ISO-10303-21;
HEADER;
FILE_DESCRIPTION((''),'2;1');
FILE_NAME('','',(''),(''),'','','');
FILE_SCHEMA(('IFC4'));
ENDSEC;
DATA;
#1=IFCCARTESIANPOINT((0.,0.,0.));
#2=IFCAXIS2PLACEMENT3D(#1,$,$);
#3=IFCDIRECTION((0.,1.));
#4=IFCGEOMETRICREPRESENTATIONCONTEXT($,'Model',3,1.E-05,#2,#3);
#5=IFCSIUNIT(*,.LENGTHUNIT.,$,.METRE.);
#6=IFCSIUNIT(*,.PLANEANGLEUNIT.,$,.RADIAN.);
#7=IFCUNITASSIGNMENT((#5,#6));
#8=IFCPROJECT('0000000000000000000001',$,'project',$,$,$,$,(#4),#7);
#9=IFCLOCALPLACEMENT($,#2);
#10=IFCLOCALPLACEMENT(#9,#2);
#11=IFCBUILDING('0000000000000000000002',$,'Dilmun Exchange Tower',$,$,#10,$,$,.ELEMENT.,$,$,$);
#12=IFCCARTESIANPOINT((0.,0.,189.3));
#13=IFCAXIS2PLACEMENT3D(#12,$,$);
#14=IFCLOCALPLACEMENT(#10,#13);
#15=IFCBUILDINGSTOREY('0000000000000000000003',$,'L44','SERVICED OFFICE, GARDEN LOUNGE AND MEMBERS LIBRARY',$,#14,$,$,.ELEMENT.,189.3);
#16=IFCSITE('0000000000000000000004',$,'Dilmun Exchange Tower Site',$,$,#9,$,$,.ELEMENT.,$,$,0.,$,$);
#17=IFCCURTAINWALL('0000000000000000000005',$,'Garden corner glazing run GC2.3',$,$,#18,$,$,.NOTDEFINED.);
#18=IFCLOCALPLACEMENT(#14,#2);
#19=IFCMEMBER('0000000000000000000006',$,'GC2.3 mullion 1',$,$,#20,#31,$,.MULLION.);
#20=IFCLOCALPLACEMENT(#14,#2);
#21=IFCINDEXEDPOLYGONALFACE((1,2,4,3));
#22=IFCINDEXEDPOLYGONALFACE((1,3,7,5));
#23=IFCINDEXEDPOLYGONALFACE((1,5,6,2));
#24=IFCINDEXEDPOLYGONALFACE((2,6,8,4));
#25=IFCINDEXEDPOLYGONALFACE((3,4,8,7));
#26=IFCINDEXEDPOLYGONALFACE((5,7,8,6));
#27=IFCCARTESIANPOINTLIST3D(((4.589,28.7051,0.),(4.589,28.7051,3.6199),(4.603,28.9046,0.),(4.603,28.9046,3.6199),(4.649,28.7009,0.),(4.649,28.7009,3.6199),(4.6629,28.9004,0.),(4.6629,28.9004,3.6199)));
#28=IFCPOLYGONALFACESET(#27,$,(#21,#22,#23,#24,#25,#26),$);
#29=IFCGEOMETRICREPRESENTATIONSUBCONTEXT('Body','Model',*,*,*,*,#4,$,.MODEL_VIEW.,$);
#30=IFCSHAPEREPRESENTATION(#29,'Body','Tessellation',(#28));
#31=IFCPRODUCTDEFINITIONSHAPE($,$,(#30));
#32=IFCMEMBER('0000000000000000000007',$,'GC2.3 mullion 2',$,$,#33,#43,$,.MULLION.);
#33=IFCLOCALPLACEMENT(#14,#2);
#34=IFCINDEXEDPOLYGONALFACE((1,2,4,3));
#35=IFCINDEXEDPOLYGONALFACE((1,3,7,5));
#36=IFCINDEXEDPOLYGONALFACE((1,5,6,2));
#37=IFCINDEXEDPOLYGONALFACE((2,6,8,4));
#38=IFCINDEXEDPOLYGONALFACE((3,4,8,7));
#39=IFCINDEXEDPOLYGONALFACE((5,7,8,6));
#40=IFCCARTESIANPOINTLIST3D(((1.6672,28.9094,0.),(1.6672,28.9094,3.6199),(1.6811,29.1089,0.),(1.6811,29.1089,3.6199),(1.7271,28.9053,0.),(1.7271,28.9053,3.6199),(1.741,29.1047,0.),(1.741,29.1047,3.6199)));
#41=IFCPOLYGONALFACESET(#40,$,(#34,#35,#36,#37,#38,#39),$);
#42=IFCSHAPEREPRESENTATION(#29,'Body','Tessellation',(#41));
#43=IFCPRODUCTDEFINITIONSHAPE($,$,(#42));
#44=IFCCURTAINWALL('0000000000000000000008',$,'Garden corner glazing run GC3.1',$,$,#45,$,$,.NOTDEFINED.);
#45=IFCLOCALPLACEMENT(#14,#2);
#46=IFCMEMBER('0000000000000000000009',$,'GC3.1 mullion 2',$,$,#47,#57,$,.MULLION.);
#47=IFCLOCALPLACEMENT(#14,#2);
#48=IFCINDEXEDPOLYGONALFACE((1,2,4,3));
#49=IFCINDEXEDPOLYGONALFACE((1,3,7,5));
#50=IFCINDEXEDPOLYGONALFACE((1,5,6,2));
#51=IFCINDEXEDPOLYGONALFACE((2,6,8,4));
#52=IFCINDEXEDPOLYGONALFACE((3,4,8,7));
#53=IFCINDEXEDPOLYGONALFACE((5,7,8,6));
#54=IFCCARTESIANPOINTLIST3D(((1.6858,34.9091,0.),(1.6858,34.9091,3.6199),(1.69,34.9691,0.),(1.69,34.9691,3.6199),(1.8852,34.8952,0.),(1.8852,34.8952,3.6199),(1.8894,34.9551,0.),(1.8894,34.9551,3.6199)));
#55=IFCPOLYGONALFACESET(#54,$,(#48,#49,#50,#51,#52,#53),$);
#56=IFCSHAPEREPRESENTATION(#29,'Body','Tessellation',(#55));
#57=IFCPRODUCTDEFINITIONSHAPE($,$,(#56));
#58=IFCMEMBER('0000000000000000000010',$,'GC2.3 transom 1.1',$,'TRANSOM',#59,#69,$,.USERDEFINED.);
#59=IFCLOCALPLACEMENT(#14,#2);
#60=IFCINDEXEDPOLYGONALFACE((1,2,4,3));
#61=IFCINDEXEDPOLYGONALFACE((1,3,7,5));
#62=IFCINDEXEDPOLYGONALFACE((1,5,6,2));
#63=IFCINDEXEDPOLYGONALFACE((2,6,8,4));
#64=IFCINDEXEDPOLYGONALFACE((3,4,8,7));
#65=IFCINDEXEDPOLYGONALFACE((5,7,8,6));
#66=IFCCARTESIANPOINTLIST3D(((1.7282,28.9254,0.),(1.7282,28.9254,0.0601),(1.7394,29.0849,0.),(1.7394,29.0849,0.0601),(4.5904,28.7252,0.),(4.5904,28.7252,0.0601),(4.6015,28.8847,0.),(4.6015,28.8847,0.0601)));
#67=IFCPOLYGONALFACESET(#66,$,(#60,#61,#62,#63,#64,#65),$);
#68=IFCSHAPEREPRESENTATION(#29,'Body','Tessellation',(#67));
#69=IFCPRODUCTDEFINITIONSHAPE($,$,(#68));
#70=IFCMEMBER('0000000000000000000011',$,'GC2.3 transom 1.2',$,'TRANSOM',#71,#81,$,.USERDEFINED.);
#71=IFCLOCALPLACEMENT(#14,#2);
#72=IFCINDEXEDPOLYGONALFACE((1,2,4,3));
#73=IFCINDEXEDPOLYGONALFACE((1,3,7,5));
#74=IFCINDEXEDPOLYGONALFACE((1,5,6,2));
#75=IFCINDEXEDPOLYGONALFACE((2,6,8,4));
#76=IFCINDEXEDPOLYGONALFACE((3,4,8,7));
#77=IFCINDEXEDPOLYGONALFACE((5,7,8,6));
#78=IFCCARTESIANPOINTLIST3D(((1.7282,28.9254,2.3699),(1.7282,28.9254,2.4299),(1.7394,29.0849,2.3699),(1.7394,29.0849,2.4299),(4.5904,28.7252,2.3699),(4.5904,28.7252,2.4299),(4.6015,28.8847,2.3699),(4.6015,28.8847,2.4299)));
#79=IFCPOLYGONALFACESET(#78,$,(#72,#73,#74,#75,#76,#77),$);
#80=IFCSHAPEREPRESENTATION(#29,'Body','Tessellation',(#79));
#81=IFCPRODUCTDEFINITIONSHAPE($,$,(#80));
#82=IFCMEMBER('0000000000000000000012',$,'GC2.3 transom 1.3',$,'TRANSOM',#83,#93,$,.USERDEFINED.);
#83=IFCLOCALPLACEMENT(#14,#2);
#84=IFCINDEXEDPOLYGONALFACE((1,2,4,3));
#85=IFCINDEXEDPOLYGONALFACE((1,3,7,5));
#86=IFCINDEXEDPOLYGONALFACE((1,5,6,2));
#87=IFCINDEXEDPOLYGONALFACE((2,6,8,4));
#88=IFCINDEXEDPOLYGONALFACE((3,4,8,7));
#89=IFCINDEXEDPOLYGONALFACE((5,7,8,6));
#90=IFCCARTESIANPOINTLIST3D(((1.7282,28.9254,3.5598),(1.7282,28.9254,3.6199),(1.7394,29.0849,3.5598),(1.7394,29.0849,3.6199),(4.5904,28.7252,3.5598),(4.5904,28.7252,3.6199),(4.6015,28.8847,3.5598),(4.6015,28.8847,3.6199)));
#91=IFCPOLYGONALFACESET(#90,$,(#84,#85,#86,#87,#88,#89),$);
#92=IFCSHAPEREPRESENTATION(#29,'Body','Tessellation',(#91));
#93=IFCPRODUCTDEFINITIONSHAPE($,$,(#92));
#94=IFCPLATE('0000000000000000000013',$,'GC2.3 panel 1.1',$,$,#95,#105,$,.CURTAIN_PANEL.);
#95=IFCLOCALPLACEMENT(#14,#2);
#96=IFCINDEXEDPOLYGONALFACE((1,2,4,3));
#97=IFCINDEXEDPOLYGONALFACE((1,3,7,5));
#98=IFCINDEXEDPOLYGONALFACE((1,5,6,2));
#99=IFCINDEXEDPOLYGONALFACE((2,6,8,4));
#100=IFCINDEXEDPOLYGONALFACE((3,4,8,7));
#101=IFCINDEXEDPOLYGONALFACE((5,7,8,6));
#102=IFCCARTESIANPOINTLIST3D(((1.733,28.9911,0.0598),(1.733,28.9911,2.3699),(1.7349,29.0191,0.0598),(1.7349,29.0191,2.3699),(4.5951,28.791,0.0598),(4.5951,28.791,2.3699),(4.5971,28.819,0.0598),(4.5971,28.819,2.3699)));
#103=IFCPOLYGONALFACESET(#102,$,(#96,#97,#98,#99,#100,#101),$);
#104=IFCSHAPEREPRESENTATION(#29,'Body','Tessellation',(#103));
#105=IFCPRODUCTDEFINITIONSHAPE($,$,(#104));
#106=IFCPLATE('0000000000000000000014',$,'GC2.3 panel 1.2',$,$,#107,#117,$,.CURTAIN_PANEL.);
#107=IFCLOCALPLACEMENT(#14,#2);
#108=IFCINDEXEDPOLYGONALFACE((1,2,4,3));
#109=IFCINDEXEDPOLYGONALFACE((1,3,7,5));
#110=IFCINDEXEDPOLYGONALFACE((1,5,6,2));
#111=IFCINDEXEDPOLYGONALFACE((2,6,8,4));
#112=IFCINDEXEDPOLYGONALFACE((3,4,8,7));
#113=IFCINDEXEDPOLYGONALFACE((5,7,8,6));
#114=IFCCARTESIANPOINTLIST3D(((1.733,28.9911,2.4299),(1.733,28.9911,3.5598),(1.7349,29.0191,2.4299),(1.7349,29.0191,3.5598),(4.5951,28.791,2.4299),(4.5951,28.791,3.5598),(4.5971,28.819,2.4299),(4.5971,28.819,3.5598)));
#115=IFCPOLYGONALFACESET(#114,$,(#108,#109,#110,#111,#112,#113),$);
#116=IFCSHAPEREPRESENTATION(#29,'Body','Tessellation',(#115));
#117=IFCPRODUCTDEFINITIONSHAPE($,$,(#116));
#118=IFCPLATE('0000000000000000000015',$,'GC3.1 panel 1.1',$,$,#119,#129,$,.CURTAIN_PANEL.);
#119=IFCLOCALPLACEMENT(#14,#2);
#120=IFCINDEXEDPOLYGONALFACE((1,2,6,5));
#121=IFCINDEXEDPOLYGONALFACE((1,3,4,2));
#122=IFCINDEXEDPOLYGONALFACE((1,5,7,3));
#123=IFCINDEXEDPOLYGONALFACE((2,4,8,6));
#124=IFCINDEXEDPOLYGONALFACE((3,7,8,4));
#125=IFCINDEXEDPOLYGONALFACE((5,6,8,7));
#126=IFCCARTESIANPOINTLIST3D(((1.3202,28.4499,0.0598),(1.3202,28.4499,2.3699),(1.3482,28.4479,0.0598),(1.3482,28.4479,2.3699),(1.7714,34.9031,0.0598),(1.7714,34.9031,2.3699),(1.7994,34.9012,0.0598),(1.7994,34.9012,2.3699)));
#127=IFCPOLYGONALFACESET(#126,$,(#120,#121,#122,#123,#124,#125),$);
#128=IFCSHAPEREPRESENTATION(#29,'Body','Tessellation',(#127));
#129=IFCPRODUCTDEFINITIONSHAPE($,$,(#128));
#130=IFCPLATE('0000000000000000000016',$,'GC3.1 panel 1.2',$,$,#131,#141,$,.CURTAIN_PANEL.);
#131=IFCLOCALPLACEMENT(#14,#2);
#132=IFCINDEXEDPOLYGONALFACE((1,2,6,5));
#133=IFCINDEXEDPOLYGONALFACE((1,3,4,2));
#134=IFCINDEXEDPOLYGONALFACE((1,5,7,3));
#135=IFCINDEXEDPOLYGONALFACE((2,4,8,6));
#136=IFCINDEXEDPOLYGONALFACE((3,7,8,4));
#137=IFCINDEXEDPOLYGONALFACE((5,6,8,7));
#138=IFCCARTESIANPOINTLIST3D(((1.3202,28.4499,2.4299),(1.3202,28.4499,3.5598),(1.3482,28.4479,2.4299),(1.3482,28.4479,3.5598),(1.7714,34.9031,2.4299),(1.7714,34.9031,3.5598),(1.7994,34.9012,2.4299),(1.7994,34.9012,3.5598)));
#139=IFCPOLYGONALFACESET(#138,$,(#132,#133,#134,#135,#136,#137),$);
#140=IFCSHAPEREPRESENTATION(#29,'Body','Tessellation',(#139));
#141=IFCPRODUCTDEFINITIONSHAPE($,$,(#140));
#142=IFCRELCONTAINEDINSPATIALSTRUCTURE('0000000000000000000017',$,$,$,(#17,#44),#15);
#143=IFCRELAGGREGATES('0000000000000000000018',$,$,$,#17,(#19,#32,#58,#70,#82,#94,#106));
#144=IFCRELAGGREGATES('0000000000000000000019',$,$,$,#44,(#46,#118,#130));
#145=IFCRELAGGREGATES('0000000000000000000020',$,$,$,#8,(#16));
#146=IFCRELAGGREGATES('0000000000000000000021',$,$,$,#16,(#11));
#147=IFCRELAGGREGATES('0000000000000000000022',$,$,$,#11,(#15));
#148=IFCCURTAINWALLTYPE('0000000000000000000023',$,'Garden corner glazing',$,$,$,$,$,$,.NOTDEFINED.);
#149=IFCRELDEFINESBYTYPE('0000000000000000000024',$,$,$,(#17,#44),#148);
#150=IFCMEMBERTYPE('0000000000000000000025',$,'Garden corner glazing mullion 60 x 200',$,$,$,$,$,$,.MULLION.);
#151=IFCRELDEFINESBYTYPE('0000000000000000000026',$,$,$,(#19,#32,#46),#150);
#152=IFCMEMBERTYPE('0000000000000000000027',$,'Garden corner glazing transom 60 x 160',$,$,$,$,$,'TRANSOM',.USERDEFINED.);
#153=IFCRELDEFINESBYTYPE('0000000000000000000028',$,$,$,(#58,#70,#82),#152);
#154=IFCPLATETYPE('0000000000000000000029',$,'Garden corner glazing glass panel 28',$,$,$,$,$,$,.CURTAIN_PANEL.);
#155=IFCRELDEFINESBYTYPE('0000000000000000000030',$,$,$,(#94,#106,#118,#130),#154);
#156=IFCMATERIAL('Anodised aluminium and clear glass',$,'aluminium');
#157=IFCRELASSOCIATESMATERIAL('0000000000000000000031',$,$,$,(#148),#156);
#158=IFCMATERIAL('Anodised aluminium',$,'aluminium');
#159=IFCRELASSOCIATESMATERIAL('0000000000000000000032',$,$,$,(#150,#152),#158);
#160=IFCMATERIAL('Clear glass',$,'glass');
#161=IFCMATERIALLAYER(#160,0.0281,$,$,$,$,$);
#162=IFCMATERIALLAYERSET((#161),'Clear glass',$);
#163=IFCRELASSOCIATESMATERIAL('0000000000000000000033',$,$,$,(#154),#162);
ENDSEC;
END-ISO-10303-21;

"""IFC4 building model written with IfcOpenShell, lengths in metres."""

from ifc_helpers import new_model, si_unit, direction, frame, origin, origin_2d, place, context, subcontext, project, spatial, rectangle, extrude, material, layer, layer_set, material_profile, profile_set, type_object, element, aggregate, save


model = new_model("IFC4")

# Units and contexts
model_context = context("Model", 3, precision=1e-05, world=origin(), true_north=direction((0.0, 1.0)))
body_context = subcontext(model_context, "Body", "Model", "MODEL_VIEW")
ifc_project = project(units=[si_unit("LENGTHUNIT", "METRE"), si_unit("PLANEANGLEUNIT", "RADIAN")], contexts=[model_context])

# Site, building, storey
site_placement = place(None, origin())
site = spatial("IfcSite", under=ifc_project, at=site_placement, Name="Dilmun Exchange Tower Site", CompositionType="ELEMENT", RefElevation=0.0)
building_placement = place(site_placement, origin())
building = spatial("IfcBuilding", under=site, at=building_placement, Name="Dilmun Exchange Tower", CompositionType="ELEMENT")
storey_placement = place(building_placement, frame((0.0, 0.0, 189.3)))
storey = spatial("IfcBuildingStorey", under=building, at=storey_placement, Name="L44", Description="SERVICED OFFICE, GARDEN LOUNGE AND MEMBERS LIBRARY", CompositionType="ELEMENT", Elevation=189.3)

# Curtain wall, members
ifc_material_1 = material(Name="Anodised aluminium and clear glass", Category="aluminium")
curtain_wall_type = type_object("IfcCurtainWallType", Name="Garden corner glazing", PredefinedType="NOTDEFINED", material=ifc_material_1)
curtain_wall_1_placement = place(storey_placement, origin())
curtain_wall_1 = element("IfcCurtainWall", 1, at=curtain_wall_1_placement, inside=storey, type_object=curtain_wall_type, Name="Garden corner glazing run GC2.3", PredefinedType="NOTDEFINED")
ifc_material_2 = material(Name="Anodised aluminium", Category="aluminium")
ifc_material_profile_1 = material_profile(ifc_material_2, rectangle(XDim=0.2, YDim=0.0601, at=origin_2d()), Name="AL 60x200")
ifc_profile_set_1 = profile_set([ifc_material_profile_1], Name="Anodised aluminium")
member_type_1 = type_object("IfcMemberType", Name="Garden corner glazing mullion 60 x 200", PredefinedType="MULLION", material=ifc_profile_set_1)
member_1_placement = place(storey_placement, frame((4.626, 28.8027, 0.0), z_axis=(0.0, 0.0, 1.0), x_axis=(-0.069754, -0.997564, 0.0)))
member_1 = element("IfcMember", 2, at=member_1_placement, type_object=member_type_1, Name="GC2.3 mullion 1", PredefinedType="MULLION", context=body_context, shape_type="SweptSolid", body=[
    extrude(rectangle(XDim=0.2, YDim=0.0601, at=origin_2d()), origin(), (0.0, 0.0, 1.0), 3.6199),
])
member_2_placement = place(storey_placement, frame((1.7041, 29.0071, 0.0), z_axis=(0.0, 0.0, 1.0), x_axis=(-0.069754, -0.997564, 0.0)))
member_2 = element("IfcMember", 3, at=member_2_placement, type_object=member_type_1, Name="GC2.3 mullion 2", PredefinedType="MULLION", context=body_context, shape_type="SweptSolid", body=[
    extrude(rectangle(XDim=0.2, YDim=0.0601, at=origin_2d()), origin(), (0.0, 0.0, 1.0), 3.6199),
])

# Curtain wall, member
curtain_wall_2_placement = place(storey_placement, origin())
curtain_wall_2 = element("IfcCurtainWall", 4, at=curtain_wall_2_placement, inside=storey, type_object=curtain_wall_type, Name="Garden corner glazing run GC3.1", PredefinedType="NOTDEFINED")
member_3_placement = place(storey_placement, frame((1.7876, 34.9321, 0.0), z_axis=(0.0, 0.0, 1.0), x_axis=(-0.997564, 0.069752, 0.0)))
member_3 = element("IfcMember", 5, at=member_3_placement, type_object=member_type_1, Name="GC3.1 mullion 2", PredefinedType="MULLION", context=body_context, shape_type="SweptSolid", body=[
    extrude(rectangle(XDim=0.2, YDim=0.0601, at=origin_2d()), origin(), (0.0, 0.0, 1.0), 3.6199),
])

# Members
ifc_material_profile_2 = material_profile(ifc_material_2, rectangle(XDim=0.1599, YDim=0.0601, at=origin_2d()), Name="AL 60x160")
ifc_profile_set_2 = profile_set([ifc_material_profile_2], Name="Anodised aluminium")
member_type_2 = type_object("IfcMemberType", Name="Garden corner glazing transom 60 x 160", ElementType="TRANSOM", PredefinedType="USERDEFINED", material=ifc_profile_set_2)
member_4_placement = place(storey_placement, frame((4.5959, 28.8049, 0.03), z_axis=(-0.997563, 0.069777, 0.0), x_axis=(-0.069777, -0.997563, 0.0)))
member_4 = element("IfcMember", 6, at=member_4_placement, type_object=member_type_2, Name="GC2.3 transom 1.1", ObjectType="TRANSOM", PredefinedType="USERDEFINED", context=body_context, shape_type="SweptSolid", body=[
    extrude(rectangle(XDim=0.1599, YDim=0.0601, at=origin_2d()), origin(), (0.0, 0.0, 1.0), 2.8691),
])
member_5_placement = place(storey_placement, frame((4.5959, 28.8049, 2.3999), z_axis=(-0.997563, 0.069777, 0.0), x_axis=(-0.069777, -0.997563, 0.0)))
member_5 = element("IfcMember", 7, at=member_5_placement, type_object=member_type_2, Name="GC2.3 transom 1.2", ObjectType="TRANSOM", PredefinedType="USERDEFINED", context=body_context, shape_type="SweptSolid", body=[
    extrude(rectangle(XDim=0.1599, YDim=0.0601, at=origin_2d()), origin(), (0.0, 0.0, 1.0), 2.8691),
])
member_6_placement = place(storey_placement, frame((4.5959, 28.8049, 3.5898), z_axis=(-0.997563, 0.069777, 0.0), x_axis=(-0.069777, -0.997563, 0.0)))
member_6 = element("IfcMember", 8, at=member_6_placement, type_object=member_type_2, Name="GC2.3 transom 1.3", ObjectType="TRANSOM", PredefinedType="USERDEFINED", context=body_context, shape_type="SweptSolid", body=[
    extrude(rectangle(XDim=0.1599, YDim=0.0601, at=origin_2d()), origin(), (0.0, 0.0, 1.0), 2.8691),
])

# Plates
ifc_material_3 = material(Name="Clear glass", Category="glass")
ifc_layer_1 = layer(ifc_material_3, 0.0281)
ifc_layer_set_1 = layer_set([ifc_layer_1], Name="Clear glass")
plate_type = type_object("IfcPlateType", Name="Garden corner glazing glass panel 28", PredefinedType="CURTAIN_PANEL", material=ifc_layer_set_1)
plate_1_placement = place(storey_placement, frame((3.165, 28.905, 0.0598), z_axis=(0.0, 0.0, 1.0), x_axis=(-0.997564, 0.069754, 0.0)))
plate_1 = element("IfcPlate", 9, at=plate_1_placement, type_object=plate_type, Name="GC2.3 panel 1.1", PredefinedType="CURTAIN_PANEL", context=body_context, shape_type="SweptSolid", body=[
    extrude(rectangle(XDim=2.8691, YDim=0.0281, at=origin_2d()), origin(), (0.0, 0.0, 1.0), 2.3101),
])
plate_2_placement = place(storey_placement, frame((3.165, 28.905, 2.4299), z_axis=(0.0, 0.0, 1.0), x_axis=(-0.997564, 0.069754, 0.0)))
plate_2 = element("IfcPlate", 10, at=plate_2_placement, type_object=plate_type, Name="GC2.3 panel 1.2", PredefinedType="CURTAIN_PANEL", context=body_context, shape_type="SweptSolid", body=[
    extrude(rectangle(XDim=2.8691, YDim=0.0281, at=origin_2d()), origin(), (0.0, 0.0, 1.0), 1.1299),
])
aggregate(curtain_wall_1, [member_1, member_2, member_4, member_5, member_6, plate_1, plate_2])
plate_3_placement = place(storey_placement, frame((1.5598, 31.6755, 0.0598), z_axis=(0.0, 0.0, 1.0), x_axis=(0.069752, 0.997564, 0.0)))
plate_3 = element("IfcPlate", 11, at=plate_3_placement, type_object=plate_type, Name="GC3.1 panel 1.1", PredefinedType="CURTAIN_PANEL", context=body_context, shape_type="SweptSolid", body=[
    extrude(rectangle(XDim=6.469, YDim=0.0281, at=origin_2d()), origin(), (0.0, 0.0, 1.0), 2.3101),
])
plate_4_placement = place(storey_placement, frame((1.5598, 31.6755, 2.4299), z_axis=(0.0, 0.0, 1.0), x_axis=(0.069752, 0.997564, 0.0)))
plate_4 = element("IfcPlate", 12, at=plate_4_placement, type_object=plate_type, Name="GC3.1 panel 1.2", PredefinedType="CURTAIN_PANEL", context=body_context, shape_type="SweptSolid", body=[
    extrude(rectangle(XDim=6.469, YDim=0.0281, at=origin_2d()), origin(), (0.0, 0.0, 1.0), 1.1299),
])
aggregate(curtain_wall_2, [member_3, plate_3, plate_4])

save(model, "model.ifc")
